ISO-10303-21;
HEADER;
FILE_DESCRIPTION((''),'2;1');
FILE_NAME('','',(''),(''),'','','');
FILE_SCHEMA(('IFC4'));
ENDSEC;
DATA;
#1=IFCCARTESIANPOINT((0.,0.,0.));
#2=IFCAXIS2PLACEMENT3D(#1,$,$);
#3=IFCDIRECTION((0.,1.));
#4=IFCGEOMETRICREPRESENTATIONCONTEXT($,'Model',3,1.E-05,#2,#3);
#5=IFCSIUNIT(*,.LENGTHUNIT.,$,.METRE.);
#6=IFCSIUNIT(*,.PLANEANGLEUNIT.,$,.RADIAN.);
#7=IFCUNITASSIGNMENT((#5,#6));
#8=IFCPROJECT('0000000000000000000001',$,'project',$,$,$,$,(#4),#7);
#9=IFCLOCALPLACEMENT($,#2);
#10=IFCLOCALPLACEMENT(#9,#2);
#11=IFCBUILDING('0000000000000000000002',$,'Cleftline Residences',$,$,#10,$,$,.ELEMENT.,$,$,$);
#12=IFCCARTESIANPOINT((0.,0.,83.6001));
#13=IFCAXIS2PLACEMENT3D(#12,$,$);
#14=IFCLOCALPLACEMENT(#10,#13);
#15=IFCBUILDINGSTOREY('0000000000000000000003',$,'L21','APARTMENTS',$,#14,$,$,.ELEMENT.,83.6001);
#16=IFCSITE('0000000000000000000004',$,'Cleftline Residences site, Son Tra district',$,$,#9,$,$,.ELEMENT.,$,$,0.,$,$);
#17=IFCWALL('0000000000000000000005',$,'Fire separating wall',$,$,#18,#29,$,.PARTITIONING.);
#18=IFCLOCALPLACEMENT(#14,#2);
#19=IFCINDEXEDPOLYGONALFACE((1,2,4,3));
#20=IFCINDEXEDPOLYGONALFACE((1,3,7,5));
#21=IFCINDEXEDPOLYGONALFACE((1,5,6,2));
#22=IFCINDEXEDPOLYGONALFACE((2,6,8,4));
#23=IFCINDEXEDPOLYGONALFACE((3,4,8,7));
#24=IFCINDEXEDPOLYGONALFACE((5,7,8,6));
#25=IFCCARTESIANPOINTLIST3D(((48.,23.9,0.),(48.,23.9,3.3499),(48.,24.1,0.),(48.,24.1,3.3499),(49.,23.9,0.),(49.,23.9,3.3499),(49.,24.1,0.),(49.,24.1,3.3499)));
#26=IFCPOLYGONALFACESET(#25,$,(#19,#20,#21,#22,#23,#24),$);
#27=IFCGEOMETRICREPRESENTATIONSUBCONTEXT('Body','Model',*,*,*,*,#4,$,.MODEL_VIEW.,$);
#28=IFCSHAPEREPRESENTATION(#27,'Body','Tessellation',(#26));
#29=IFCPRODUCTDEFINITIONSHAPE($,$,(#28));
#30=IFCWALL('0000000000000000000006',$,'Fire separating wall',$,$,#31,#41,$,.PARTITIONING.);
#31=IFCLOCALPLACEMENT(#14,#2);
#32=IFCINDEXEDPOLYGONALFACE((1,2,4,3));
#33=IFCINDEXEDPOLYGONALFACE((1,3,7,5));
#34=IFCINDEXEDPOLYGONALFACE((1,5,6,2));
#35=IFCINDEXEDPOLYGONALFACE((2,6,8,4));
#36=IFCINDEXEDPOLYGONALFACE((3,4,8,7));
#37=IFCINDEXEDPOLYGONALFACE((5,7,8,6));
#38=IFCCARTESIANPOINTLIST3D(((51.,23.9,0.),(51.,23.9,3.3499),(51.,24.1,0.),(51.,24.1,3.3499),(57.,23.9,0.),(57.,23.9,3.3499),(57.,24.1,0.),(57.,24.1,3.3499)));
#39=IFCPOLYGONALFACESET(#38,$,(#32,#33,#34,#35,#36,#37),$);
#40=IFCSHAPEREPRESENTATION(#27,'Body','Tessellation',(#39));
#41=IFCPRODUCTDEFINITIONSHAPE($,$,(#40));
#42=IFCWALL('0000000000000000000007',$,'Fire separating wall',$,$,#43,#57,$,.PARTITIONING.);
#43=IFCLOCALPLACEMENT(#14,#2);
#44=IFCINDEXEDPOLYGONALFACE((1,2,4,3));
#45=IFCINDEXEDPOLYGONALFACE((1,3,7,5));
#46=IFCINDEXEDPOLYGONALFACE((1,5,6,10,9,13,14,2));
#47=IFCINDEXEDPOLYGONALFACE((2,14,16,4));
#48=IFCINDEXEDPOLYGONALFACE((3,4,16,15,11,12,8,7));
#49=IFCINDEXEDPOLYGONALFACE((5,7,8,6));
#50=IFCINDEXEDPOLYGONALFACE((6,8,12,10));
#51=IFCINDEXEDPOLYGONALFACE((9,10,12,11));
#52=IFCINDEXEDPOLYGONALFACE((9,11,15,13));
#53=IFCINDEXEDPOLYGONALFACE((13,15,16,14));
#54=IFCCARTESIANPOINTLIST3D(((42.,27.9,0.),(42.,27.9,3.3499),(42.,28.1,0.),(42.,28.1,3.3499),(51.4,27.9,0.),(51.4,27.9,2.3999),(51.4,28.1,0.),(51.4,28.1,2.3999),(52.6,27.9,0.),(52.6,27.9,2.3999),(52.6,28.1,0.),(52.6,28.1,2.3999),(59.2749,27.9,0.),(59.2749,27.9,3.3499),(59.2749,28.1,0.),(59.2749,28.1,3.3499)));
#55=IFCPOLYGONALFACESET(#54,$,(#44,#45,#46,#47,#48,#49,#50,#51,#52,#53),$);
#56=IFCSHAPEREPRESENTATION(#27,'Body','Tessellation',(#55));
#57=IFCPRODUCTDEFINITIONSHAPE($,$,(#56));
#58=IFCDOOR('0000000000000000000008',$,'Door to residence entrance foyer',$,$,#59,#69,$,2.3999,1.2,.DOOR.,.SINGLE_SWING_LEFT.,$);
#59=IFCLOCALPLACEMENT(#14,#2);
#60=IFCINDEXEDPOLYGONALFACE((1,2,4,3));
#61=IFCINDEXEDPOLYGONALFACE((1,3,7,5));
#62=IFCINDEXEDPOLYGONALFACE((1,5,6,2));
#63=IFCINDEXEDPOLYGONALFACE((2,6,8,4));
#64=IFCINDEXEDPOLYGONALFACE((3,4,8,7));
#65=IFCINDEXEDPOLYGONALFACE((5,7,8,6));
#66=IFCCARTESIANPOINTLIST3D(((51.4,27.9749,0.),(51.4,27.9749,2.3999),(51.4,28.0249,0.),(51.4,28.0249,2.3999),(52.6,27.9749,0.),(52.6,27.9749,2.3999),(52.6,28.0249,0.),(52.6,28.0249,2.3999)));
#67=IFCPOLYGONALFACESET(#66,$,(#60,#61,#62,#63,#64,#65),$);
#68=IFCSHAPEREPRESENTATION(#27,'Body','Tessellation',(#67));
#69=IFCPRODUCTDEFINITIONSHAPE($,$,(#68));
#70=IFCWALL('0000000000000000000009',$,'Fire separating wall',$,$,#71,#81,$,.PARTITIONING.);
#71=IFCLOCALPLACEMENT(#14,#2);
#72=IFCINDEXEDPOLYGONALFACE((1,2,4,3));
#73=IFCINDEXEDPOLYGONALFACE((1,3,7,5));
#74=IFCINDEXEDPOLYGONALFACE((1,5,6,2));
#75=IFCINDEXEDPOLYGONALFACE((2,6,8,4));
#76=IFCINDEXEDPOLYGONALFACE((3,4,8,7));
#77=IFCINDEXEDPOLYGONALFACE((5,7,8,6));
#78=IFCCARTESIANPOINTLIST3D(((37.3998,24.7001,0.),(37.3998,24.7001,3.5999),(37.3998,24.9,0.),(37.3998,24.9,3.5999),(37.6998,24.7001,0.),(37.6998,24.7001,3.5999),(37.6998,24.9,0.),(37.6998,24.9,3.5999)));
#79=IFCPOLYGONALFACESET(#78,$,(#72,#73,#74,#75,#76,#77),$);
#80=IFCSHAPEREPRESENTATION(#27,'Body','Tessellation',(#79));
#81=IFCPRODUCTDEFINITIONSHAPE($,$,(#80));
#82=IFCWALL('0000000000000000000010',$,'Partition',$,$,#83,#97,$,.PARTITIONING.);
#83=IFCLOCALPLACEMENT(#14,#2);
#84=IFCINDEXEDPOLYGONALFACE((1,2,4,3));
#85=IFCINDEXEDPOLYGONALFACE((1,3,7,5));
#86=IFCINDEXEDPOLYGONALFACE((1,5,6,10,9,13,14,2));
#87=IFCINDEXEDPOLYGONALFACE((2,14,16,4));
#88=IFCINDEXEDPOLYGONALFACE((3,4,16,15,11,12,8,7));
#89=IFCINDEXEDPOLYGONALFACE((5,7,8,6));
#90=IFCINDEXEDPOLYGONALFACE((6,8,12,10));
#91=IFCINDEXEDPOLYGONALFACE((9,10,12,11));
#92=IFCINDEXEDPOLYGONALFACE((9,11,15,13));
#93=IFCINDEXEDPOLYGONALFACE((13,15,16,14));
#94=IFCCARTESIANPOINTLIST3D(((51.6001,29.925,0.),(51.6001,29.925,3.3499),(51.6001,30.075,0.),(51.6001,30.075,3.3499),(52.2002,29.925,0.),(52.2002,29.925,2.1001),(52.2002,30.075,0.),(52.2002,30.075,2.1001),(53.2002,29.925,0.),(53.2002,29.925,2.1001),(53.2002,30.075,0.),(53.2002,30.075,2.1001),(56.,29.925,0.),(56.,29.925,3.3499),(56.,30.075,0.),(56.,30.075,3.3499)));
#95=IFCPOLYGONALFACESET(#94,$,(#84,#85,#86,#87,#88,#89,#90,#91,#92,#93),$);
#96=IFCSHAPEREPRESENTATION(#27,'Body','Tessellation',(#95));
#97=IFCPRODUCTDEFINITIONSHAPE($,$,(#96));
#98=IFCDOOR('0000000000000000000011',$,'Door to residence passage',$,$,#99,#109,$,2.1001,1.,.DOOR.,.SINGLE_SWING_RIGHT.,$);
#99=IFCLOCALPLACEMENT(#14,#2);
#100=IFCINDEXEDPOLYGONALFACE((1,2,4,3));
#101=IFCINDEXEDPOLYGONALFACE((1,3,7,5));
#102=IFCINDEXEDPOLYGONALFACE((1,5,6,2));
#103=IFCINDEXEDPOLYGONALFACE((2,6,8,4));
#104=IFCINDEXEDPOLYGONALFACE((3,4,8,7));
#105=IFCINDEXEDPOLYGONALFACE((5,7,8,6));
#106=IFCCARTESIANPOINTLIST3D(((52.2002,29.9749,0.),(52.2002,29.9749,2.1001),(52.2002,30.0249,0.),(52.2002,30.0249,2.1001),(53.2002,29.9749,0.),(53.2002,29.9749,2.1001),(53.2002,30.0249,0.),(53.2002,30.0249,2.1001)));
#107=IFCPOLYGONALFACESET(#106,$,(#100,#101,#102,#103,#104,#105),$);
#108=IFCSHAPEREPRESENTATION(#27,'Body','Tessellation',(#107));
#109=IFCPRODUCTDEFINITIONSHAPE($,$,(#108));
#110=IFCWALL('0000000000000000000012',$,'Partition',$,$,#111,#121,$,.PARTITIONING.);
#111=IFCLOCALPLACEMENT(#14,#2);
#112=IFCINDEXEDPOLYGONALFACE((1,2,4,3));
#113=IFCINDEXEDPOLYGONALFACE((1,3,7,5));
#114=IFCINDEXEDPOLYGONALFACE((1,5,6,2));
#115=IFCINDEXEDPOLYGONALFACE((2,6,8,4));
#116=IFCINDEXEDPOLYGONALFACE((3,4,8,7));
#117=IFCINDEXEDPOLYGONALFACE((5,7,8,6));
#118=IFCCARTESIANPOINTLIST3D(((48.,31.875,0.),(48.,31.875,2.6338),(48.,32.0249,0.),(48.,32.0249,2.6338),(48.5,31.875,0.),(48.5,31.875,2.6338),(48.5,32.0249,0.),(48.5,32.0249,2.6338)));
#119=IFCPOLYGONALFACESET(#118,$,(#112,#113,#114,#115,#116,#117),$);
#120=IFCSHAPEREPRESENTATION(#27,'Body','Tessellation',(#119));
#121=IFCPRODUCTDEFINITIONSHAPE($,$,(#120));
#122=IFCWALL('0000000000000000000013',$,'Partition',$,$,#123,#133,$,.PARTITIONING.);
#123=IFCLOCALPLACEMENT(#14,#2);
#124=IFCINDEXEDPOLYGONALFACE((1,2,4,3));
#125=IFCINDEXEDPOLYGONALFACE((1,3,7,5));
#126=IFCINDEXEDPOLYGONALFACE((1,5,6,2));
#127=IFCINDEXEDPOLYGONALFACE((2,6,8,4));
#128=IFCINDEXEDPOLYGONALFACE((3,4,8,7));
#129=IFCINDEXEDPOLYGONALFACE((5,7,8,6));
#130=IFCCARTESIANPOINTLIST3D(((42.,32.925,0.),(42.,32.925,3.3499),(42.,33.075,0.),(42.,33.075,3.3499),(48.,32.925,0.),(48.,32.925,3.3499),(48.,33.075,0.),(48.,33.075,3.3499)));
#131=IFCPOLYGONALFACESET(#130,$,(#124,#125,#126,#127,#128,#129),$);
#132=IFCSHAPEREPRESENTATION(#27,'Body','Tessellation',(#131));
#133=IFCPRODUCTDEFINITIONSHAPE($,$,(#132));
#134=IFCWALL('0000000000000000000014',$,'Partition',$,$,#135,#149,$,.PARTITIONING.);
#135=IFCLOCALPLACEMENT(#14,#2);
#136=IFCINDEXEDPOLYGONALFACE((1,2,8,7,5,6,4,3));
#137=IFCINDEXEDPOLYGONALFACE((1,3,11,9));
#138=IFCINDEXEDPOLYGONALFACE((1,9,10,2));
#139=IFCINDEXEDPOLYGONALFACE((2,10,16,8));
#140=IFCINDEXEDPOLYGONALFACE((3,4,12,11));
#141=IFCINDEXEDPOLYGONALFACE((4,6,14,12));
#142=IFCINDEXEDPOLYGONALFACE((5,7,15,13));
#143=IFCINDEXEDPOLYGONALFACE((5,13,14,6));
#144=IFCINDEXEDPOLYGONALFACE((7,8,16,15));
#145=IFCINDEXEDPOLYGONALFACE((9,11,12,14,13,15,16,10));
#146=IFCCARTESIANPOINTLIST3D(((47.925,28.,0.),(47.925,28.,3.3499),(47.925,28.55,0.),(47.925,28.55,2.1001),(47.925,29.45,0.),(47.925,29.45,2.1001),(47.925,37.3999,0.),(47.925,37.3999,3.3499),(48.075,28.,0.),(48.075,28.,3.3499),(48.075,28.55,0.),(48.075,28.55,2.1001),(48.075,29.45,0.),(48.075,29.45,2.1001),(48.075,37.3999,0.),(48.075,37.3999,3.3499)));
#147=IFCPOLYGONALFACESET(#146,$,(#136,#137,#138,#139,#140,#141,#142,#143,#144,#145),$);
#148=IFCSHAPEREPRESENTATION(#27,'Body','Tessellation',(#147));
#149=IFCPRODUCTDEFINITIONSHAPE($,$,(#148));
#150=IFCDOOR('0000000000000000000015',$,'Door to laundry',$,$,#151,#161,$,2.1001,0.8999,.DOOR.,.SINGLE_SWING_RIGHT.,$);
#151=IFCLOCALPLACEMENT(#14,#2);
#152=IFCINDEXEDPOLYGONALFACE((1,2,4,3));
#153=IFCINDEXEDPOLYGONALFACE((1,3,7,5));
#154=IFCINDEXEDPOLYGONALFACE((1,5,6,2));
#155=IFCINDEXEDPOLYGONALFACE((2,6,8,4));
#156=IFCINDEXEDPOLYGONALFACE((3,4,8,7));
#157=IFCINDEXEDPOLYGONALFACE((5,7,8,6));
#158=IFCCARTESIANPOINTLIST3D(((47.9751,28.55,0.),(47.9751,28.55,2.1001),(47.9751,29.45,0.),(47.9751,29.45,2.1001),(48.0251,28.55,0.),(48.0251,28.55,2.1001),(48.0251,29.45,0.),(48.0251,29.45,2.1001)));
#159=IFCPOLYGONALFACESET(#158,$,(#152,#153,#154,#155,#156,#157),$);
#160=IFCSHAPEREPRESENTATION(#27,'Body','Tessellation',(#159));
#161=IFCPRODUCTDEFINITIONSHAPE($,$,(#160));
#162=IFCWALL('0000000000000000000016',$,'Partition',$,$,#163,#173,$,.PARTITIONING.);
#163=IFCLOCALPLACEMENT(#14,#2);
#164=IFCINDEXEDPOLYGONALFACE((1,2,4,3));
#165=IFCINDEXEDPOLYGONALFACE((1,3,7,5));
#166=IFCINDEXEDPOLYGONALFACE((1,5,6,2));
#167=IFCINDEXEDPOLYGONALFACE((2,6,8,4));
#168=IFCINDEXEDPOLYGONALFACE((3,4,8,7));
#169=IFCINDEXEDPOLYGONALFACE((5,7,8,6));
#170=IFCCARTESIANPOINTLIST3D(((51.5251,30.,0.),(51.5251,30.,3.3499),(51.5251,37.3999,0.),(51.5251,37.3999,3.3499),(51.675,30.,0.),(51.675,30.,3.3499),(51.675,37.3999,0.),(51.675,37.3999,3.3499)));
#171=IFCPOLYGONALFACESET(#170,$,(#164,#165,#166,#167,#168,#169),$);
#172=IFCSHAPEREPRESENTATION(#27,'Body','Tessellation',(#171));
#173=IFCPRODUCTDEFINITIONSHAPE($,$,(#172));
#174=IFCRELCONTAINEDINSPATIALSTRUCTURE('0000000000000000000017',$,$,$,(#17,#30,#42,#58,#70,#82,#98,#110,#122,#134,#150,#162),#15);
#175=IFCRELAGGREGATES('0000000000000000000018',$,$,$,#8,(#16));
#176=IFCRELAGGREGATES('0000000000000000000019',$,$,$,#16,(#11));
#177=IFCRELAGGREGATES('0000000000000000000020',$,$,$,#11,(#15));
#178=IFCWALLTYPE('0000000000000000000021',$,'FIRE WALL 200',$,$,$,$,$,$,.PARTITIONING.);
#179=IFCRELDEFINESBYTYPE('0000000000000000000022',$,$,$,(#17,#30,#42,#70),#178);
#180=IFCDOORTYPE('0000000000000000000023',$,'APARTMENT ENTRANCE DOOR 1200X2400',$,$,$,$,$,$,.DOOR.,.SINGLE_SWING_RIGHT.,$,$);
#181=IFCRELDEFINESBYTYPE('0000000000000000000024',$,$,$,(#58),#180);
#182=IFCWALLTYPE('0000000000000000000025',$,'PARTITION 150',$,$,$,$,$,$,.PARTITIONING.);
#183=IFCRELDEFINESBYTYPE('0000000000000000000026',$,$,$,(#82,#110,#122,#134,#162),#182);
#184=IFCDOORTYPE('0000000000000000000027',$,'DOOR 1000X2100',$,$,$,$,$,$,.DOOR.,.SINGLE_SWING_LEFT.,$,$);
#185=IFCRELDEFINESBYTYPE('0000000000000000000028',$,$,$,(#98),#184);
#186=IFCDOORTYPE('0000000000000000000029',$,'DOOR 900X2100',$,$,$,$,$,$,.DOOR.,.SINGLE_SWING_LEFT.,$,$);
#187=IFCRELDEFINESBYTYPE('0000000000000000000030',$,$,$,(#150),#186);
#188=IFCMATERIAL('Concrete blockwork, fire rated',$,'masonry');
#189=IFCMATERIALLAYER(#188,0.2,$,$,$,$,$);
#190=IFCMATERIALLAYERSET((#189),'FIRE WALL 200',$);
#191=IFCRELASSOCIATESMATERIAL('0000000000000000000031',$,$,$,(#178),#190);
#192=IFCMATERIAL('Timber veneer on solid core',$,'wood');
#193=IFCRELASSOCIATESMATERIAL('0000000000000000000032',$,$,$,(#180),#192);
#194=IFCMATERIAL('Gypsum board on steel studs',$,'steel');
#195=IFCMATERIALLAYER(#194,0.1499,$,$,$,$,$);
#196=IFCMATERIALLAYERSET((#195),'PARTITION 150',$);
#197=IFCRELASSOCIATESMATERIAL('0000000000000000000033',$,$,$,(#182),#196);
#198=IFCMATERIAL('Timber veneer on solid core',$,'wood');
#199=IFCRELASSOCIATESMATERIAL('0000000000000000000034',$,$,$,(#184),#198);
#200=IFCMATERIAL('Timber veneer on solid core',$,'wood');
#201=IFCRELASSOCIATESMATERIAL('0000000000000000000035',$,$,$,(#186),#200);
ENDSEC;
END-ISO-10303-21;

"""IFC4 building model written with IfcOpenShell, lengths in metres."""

from ifc_helpers import new_model, si_unit, direction, frame, frame_2d, origin, place, context, subcontext, project, spatial, rectangle, extrude, material, layer, layer_set, type_object, element, fill, save


model = new_model("IFC4")

# Units and contexts
model_context = context("Model", 3, precision=1e-05, world=origin(), true_north=direction((0.0, 1.0)))
body_context = subcontext(model_context, "Body", "Model", "MODEL_VIEW")
ifc_project = project(units=[si_unit("LENGTHUNIT", "METRE"), si_unit("PLANEANGLEUNIT", "RADIAN")], contexts=[model_context])

# Site, building, storey
site_placement = place(None, origin())
site = spatial("IfcSite", under=ifc_project, at=site_placement, Name="Cleftline Residences site, Son Tra district", CompositionType="ELEMENT", RefElevation=0.0)
building_placement = place(site_placement, origin())
building = spatial("IfcBuilding", under=site, at=building_placement, Name="Cleftline Residences", CompositionType="ELEMENT")
storey_placement = place(building_placement, frame((0.0, 0.0, 83.6001)))
storey = spatial("IfcBuildingStorey", under=building, at=storey_placement, Name="L21", Description="APARTMENTS", CompositionType="ELEMENT", Elevation=83.6001)

# Walls
ifc_material_1 = material(Name="Concrete blockwork, fire rated", Category="masonry")
ifc_layer_1 = layer(ifc_material_1, 0.2)
ifc_layer_set_1 = layer_set([ifc_layer_1], Name="FIRE WALL 200")
wall_type_1 = type_object("IfcWallType", Name="FIRE WALL 200", PredefinedType="PARTITIONING", material=ifc_layer_set_1)
wall_1_placement = place(storey_placement, frame((48.0, 24.0, 0.0), z_axis=(0.0, 0.0, 1.0), x_axis=(1.0, 0.0, 0.0)))
element("IfcWall", 1, at=wall_1_placement, inside=storey, type_object=wall_type_1, Name="Fire separating wall", PredefinedType="PARTITIONING", context=body_context, shape_type="SweptSolid", body=[
    extrude(rectangle(XDim=1.0, YDim=0.2, at=frame_2d((0.5, 0.0))), origin(), (0.0, 0.0, 1.0), 3.3499),
])
wall_2_placement = place(storey_placement, frame((51.0, 24.0, 0.0), z_axis=(0.0, 0.0, 1.0), x_axis=(1.0, 0.0, 0.0)))
element("IfcWall", 2, at=wall_2_placement, inside=storey, type_object=wall_type_1, Name="Fire separating wall", PredefinedType="PARTITIONING", context=body_context, shape_type="SweptSolid", body=[
    extrude(rectangle(XDim=6.0, YDim=0.2, at=frame_2d((3.0, 0.0))), origin(), (0.0, 0.0, 1.0), 3.3499),
])

# Wall, opening, door
wall_3_placement = place(storey_placement, frame((42.0, 28.0, 0.0), z_axis=(0.0, 0.0, 1.0), x_axis=(1.0, 0.0, 0.0)))
wall_3 = element("IfcWall", 3, at=wall_3_placement, inside=storey, type_object=wall_type_1, Name="Fire separating wall", PredefinedType="PARTITIONING", context=body_context, shape_type="SweptSolid", body=[
    extrude(rectangle(XDim=17.2749, YDim=0.2, at=frame_2d((8.6375, 0.0))), origin(), (0.0, 0.0, 1.0), 3.3499),
])
opening_1_placement = place(wall_3_placement, frame((9.3999, 0.0, 0.0)))
opening_1 = element("IfcOpeningElement", 4, at=opening_1_placement, cuts=wall_3, PredefinedType="OPENING", context=body_context, shape_type="SweptSolid", body=[
    extrude(rectangle(XDim=1.2, YDim=2.3999, at=frame_2d((0.6001, 1.2))), frame((0.0, 0.1099, 0.0), z_axis=(0.0, -1.0, 0.0), x_axis=(1.0, 0.0, 0.0)), (0.0, 0.0, 1.0), 0.22),
])
ifc_material_2 = material(Name="Timber veneer on solid core", Category="wood")
door_type_1 = type_object("IfcDoorType", Name="APARTMENT ENTRANCE DOOR 1200X2400", OperationType="SINGLE_SWING_RIGHT", PredefinedType="DOOR", material=ifc_material_2)
door_1_placement = place(opening_1_placement, origin())
door_1 = element("IfcDoor", 5, at=door_1_placement, inside=storey, type_object=door_type_1, Name="Door to residence entrance foyer", OperationType="SINGLE_SWING_LEFT", OverallHeight=2.3999, OverallWidth=1.2, PredefinedType="DOOR", context=body_context, shape_type="SweptSolid", body=[
    extrude(rectangle(XDim=1.2, YDim=2.3999, at=frame_2d((0.6001, 1.2))), frame((0.0, 0.0249, 0.0), z_axis=(0.0, -1.0, 0.0), x_axis=(1.0, 0.0, 0.0)), (0.0, 0.0, 1.0), 0.05),
])
fill(opening_1, door_1)

# Wall
wall_4_placement = place(storey_placement, frame((37.3999, 24.8, 0.0), z_axis=(0.0, 0.0, 1.0), x_axis=(1.0, 0.0, 0.0)))
element("IfcWall", 6, at=wall_4_placement, inside=storey, type_object=wall_type_1, Name="Fire separating wall", PredefinedType="PARTITIONING", context=body_context, shape_type="SweptSolid", body=[
    extrude(rectangle(XDim=0.3, YDim=0.2, at=frame_2d((0.1499, 0.0))), origin(), (0.0, 0.0, 1.0), 3.5999),
])

# Wall, opening, door
ifc_material_3 = material(Name="Gypsum board on steel studs", Category="steel")
ifc_layer_2 = layer(ifc_material_3, 0.1499)
ifc_layer_set_2 = layer_set([ifc_layer_2], Name="PARTITION 150")
wall_type_2 = type_object("IfcWallType", Name="PARTITION 150", PredefinedType="PARTITIONING", material=ifc_layer_set_2)
wall_5_placement = place(storey_placement, frame((51.6001, 30.0, 0.0), z_axis=(0.0, 0.0, 1.0), x_axis=(1.0, 0.0, 0.0)))
wall_5 = element("IfcWall", 7, at=wall_5_placement, inside=storey, type_object=wall_type_2, Name="Partition", PredefinedType="PARTITIONING", context=body_context, shape_type="SweptSolid", body=[
    extrude(rectangle(XDim=4.3999, YDim=0.1499, at=frame_2d((2.2, 0.0))), origin(), (0.0, 0.0, 1.0), 3.3499),
])
opening_2_placement = place(wall_5_placement, frame((0.6001, 0.0, 0.0)))
opening_2 = element("IfcOpeningElement", 8, at=opening_2_placement, cuts=wall_5, PredefinedType="OPENING", context=body_context, shape_type="SweptSolid", body=[
    extrude(rectangle(XDim=1.0, YDim=2.1001, at=frame_2d((0.5, 1.05))), frame((0.0, 0.085, 0.0), z_axis=(0.0, -1.0, 0.0), x_axis=(1.0, 0.0, 0.0)), (0.0, 0.0, 1.0), 0.1699),
])
ifc_material_4 = material(Name="Timber veneer on solid core", Category="wood")
door_type_2 = type_object("IfcDoorType", Name="DOOR 1000X2100", OperationType="SINGLE_SWING_LEFT", PredefinedType="DOOR", material=ifc_material_4)
door_2_placement = place(opening_2_placement, origin())
door_2 = element("IfcDoor", 9, at=door_2_placement, inside=storey, type_object=door_type_2, Name="Door to residence passage", OperationType="SINGLE_SWING_RIGHT", OverallHeight=2.1001, OverallWidth=1.0, PredefinedType="DOOR", context=body_context, shape_type="SweptSolid", body=[
    extrude(rectangle(XDim=1.0, YDim=2.1001, at=frame_2d((0.5, 1.05))), frame((0.0, 0.0249, 0.0), z_axis=(0.0, -1.0, 0.0), x_axis=(1.0, 0.0, 0.0)), (0.0, 0.0, 1.0), 0.05),
])
fill(opening_2, door_2)

# Walls
wall_6_placement = place(storey_placement, frame((48.0, 31.95, 0.0), z_axis=(0.0, 0.0, 1.0), x_axis=(1.0, 0.0, 0.0)))
element("IfcWall", 10, at=wall_6_placement, inside=storey, type_object=wall_type_2, Name="Partition", PredefinedType="PARTITIONING", context=body_context, shape_type="SweptSolid", body=[
    extrude(rectangle(XDim=0.5, YDim=0.1499, at=frame_2d((0.25, 0.0))), origin(), (0.0, 0.0, 1.0), 2.6338),
])
wall_7_placement = place(storey_placement, frame((42.0, 33.0, 0.0), z_axis=(0.0, 0.0, 1.0), x_axis=(1.0, 0.0, 0.0)))
element("IfcWall", 11, at=wall_7_placement, inside=storey, type_object=wall_type_2, Name="Partition", PredefinedType="PARTITIONING", context=body_context, shape_type="SweptSolid", body=[
    extrude(rectangle(XDim=6.0, YDim=0.1499, at=frame_2d((3.0, 0.0))), origin(), (0.0, 0.0, 1.0), 3.3499),
])

# Wall, opening, door
wall_8_placement = place(storey_placement, frame((48.0, 28.0, 0.0), z_axis=(0.0, 0.0, 1.0), x_axis=(0.0, 1.0, 0.0)))
wall_8 = element("IfcWall", 12, at=wall_8_placement, inside=storey, type_object=wall_type_2, Name="Partition", PredefinedType="PARTITIONING", context=body_context, shape_type="SweptSolid", body=[
    extrude(rectangle(XDim=9.3999, YDim=0.1499, at=frame_2d((4.7, 0.0))), origin(), (0.0, 0.0, 1.0), 3.3499),
])
opening_3_placement = place(wall_8_placement, frame((0.55, 0.0, 0.0)))
opening_3 = element("IfcOpeningElement", 13, at=opening_3_placement, cuts=wall_8, PredefinedType="OPENING", context=body_context, shape_type="SweptSolid", body=[
    extrude(rectangle(XDim=0.8999, YDim=2.1001, at=frame_2d((0.45, 1.05))), frame((0.0, 0.085, 0.0), z_axis=(0.0, -1.0, 0.0), x_axis=(1.0, 0.0, 0.0)), (0.0, 0.0, 1.0), 0.1699),
])
ifc_material_5 = material(Name="Timber veneer on solid core", Category="wood")
door_type_3 = type_object("IfcDoorType", Name="DOOR 900X2100", OperationType="SINGLE_SWING_LEFT", PredefinedType="DOOR", material=ifc_material_5)
door_3_placement = place(opening_3_placement, origin())
door_3 = element("IfcDoor", 14, at=door_3_placement, inside=storey, type_object=door_type_3, Name="Door to laundry", OperationType="SINGLE_SWING_RIGHT", OverallHeight=2.1001, OverallWidth=0.8999, PredefinedType="DOOR", context=body_context, shape_type="SweptSolid", body=[
    extrude(rectangle(XDim=0.8999, YDim=2.1001, at=frame_2d((0.45, 1.05))), frame((0.0, 0.0249, 0.0), z_axis=(0.0, -1.0, 0.0), x_axis=(1.0, 0.0, 0.0)), (0.0, 0.0, 1.0), 0.05),
])
fill(opening_3, door_3)

# Wall
wall_9_placement = place(storey_placement, frame((51.6001, 30.0, 0.0), z_axis=(0.0, 0.0, 1.0), x_axis=(0.0, 1.0, 0.0)))
element("IfcWall", 15, at=wall_9_placement, inside=storey, type_object=wall_type_2, Name="Partition", PredefinedType="PARTITIONING", context=body_context, shape_type="SweptSolid", body=[
    extrude(rectangle(XDim=7.3999, YDim=0.1499, at=frame_2d((3.7, 0.0))), origin(), (0.0, 0.0, 1.0), 3.3499),
])

save(model, "model.ifc")
